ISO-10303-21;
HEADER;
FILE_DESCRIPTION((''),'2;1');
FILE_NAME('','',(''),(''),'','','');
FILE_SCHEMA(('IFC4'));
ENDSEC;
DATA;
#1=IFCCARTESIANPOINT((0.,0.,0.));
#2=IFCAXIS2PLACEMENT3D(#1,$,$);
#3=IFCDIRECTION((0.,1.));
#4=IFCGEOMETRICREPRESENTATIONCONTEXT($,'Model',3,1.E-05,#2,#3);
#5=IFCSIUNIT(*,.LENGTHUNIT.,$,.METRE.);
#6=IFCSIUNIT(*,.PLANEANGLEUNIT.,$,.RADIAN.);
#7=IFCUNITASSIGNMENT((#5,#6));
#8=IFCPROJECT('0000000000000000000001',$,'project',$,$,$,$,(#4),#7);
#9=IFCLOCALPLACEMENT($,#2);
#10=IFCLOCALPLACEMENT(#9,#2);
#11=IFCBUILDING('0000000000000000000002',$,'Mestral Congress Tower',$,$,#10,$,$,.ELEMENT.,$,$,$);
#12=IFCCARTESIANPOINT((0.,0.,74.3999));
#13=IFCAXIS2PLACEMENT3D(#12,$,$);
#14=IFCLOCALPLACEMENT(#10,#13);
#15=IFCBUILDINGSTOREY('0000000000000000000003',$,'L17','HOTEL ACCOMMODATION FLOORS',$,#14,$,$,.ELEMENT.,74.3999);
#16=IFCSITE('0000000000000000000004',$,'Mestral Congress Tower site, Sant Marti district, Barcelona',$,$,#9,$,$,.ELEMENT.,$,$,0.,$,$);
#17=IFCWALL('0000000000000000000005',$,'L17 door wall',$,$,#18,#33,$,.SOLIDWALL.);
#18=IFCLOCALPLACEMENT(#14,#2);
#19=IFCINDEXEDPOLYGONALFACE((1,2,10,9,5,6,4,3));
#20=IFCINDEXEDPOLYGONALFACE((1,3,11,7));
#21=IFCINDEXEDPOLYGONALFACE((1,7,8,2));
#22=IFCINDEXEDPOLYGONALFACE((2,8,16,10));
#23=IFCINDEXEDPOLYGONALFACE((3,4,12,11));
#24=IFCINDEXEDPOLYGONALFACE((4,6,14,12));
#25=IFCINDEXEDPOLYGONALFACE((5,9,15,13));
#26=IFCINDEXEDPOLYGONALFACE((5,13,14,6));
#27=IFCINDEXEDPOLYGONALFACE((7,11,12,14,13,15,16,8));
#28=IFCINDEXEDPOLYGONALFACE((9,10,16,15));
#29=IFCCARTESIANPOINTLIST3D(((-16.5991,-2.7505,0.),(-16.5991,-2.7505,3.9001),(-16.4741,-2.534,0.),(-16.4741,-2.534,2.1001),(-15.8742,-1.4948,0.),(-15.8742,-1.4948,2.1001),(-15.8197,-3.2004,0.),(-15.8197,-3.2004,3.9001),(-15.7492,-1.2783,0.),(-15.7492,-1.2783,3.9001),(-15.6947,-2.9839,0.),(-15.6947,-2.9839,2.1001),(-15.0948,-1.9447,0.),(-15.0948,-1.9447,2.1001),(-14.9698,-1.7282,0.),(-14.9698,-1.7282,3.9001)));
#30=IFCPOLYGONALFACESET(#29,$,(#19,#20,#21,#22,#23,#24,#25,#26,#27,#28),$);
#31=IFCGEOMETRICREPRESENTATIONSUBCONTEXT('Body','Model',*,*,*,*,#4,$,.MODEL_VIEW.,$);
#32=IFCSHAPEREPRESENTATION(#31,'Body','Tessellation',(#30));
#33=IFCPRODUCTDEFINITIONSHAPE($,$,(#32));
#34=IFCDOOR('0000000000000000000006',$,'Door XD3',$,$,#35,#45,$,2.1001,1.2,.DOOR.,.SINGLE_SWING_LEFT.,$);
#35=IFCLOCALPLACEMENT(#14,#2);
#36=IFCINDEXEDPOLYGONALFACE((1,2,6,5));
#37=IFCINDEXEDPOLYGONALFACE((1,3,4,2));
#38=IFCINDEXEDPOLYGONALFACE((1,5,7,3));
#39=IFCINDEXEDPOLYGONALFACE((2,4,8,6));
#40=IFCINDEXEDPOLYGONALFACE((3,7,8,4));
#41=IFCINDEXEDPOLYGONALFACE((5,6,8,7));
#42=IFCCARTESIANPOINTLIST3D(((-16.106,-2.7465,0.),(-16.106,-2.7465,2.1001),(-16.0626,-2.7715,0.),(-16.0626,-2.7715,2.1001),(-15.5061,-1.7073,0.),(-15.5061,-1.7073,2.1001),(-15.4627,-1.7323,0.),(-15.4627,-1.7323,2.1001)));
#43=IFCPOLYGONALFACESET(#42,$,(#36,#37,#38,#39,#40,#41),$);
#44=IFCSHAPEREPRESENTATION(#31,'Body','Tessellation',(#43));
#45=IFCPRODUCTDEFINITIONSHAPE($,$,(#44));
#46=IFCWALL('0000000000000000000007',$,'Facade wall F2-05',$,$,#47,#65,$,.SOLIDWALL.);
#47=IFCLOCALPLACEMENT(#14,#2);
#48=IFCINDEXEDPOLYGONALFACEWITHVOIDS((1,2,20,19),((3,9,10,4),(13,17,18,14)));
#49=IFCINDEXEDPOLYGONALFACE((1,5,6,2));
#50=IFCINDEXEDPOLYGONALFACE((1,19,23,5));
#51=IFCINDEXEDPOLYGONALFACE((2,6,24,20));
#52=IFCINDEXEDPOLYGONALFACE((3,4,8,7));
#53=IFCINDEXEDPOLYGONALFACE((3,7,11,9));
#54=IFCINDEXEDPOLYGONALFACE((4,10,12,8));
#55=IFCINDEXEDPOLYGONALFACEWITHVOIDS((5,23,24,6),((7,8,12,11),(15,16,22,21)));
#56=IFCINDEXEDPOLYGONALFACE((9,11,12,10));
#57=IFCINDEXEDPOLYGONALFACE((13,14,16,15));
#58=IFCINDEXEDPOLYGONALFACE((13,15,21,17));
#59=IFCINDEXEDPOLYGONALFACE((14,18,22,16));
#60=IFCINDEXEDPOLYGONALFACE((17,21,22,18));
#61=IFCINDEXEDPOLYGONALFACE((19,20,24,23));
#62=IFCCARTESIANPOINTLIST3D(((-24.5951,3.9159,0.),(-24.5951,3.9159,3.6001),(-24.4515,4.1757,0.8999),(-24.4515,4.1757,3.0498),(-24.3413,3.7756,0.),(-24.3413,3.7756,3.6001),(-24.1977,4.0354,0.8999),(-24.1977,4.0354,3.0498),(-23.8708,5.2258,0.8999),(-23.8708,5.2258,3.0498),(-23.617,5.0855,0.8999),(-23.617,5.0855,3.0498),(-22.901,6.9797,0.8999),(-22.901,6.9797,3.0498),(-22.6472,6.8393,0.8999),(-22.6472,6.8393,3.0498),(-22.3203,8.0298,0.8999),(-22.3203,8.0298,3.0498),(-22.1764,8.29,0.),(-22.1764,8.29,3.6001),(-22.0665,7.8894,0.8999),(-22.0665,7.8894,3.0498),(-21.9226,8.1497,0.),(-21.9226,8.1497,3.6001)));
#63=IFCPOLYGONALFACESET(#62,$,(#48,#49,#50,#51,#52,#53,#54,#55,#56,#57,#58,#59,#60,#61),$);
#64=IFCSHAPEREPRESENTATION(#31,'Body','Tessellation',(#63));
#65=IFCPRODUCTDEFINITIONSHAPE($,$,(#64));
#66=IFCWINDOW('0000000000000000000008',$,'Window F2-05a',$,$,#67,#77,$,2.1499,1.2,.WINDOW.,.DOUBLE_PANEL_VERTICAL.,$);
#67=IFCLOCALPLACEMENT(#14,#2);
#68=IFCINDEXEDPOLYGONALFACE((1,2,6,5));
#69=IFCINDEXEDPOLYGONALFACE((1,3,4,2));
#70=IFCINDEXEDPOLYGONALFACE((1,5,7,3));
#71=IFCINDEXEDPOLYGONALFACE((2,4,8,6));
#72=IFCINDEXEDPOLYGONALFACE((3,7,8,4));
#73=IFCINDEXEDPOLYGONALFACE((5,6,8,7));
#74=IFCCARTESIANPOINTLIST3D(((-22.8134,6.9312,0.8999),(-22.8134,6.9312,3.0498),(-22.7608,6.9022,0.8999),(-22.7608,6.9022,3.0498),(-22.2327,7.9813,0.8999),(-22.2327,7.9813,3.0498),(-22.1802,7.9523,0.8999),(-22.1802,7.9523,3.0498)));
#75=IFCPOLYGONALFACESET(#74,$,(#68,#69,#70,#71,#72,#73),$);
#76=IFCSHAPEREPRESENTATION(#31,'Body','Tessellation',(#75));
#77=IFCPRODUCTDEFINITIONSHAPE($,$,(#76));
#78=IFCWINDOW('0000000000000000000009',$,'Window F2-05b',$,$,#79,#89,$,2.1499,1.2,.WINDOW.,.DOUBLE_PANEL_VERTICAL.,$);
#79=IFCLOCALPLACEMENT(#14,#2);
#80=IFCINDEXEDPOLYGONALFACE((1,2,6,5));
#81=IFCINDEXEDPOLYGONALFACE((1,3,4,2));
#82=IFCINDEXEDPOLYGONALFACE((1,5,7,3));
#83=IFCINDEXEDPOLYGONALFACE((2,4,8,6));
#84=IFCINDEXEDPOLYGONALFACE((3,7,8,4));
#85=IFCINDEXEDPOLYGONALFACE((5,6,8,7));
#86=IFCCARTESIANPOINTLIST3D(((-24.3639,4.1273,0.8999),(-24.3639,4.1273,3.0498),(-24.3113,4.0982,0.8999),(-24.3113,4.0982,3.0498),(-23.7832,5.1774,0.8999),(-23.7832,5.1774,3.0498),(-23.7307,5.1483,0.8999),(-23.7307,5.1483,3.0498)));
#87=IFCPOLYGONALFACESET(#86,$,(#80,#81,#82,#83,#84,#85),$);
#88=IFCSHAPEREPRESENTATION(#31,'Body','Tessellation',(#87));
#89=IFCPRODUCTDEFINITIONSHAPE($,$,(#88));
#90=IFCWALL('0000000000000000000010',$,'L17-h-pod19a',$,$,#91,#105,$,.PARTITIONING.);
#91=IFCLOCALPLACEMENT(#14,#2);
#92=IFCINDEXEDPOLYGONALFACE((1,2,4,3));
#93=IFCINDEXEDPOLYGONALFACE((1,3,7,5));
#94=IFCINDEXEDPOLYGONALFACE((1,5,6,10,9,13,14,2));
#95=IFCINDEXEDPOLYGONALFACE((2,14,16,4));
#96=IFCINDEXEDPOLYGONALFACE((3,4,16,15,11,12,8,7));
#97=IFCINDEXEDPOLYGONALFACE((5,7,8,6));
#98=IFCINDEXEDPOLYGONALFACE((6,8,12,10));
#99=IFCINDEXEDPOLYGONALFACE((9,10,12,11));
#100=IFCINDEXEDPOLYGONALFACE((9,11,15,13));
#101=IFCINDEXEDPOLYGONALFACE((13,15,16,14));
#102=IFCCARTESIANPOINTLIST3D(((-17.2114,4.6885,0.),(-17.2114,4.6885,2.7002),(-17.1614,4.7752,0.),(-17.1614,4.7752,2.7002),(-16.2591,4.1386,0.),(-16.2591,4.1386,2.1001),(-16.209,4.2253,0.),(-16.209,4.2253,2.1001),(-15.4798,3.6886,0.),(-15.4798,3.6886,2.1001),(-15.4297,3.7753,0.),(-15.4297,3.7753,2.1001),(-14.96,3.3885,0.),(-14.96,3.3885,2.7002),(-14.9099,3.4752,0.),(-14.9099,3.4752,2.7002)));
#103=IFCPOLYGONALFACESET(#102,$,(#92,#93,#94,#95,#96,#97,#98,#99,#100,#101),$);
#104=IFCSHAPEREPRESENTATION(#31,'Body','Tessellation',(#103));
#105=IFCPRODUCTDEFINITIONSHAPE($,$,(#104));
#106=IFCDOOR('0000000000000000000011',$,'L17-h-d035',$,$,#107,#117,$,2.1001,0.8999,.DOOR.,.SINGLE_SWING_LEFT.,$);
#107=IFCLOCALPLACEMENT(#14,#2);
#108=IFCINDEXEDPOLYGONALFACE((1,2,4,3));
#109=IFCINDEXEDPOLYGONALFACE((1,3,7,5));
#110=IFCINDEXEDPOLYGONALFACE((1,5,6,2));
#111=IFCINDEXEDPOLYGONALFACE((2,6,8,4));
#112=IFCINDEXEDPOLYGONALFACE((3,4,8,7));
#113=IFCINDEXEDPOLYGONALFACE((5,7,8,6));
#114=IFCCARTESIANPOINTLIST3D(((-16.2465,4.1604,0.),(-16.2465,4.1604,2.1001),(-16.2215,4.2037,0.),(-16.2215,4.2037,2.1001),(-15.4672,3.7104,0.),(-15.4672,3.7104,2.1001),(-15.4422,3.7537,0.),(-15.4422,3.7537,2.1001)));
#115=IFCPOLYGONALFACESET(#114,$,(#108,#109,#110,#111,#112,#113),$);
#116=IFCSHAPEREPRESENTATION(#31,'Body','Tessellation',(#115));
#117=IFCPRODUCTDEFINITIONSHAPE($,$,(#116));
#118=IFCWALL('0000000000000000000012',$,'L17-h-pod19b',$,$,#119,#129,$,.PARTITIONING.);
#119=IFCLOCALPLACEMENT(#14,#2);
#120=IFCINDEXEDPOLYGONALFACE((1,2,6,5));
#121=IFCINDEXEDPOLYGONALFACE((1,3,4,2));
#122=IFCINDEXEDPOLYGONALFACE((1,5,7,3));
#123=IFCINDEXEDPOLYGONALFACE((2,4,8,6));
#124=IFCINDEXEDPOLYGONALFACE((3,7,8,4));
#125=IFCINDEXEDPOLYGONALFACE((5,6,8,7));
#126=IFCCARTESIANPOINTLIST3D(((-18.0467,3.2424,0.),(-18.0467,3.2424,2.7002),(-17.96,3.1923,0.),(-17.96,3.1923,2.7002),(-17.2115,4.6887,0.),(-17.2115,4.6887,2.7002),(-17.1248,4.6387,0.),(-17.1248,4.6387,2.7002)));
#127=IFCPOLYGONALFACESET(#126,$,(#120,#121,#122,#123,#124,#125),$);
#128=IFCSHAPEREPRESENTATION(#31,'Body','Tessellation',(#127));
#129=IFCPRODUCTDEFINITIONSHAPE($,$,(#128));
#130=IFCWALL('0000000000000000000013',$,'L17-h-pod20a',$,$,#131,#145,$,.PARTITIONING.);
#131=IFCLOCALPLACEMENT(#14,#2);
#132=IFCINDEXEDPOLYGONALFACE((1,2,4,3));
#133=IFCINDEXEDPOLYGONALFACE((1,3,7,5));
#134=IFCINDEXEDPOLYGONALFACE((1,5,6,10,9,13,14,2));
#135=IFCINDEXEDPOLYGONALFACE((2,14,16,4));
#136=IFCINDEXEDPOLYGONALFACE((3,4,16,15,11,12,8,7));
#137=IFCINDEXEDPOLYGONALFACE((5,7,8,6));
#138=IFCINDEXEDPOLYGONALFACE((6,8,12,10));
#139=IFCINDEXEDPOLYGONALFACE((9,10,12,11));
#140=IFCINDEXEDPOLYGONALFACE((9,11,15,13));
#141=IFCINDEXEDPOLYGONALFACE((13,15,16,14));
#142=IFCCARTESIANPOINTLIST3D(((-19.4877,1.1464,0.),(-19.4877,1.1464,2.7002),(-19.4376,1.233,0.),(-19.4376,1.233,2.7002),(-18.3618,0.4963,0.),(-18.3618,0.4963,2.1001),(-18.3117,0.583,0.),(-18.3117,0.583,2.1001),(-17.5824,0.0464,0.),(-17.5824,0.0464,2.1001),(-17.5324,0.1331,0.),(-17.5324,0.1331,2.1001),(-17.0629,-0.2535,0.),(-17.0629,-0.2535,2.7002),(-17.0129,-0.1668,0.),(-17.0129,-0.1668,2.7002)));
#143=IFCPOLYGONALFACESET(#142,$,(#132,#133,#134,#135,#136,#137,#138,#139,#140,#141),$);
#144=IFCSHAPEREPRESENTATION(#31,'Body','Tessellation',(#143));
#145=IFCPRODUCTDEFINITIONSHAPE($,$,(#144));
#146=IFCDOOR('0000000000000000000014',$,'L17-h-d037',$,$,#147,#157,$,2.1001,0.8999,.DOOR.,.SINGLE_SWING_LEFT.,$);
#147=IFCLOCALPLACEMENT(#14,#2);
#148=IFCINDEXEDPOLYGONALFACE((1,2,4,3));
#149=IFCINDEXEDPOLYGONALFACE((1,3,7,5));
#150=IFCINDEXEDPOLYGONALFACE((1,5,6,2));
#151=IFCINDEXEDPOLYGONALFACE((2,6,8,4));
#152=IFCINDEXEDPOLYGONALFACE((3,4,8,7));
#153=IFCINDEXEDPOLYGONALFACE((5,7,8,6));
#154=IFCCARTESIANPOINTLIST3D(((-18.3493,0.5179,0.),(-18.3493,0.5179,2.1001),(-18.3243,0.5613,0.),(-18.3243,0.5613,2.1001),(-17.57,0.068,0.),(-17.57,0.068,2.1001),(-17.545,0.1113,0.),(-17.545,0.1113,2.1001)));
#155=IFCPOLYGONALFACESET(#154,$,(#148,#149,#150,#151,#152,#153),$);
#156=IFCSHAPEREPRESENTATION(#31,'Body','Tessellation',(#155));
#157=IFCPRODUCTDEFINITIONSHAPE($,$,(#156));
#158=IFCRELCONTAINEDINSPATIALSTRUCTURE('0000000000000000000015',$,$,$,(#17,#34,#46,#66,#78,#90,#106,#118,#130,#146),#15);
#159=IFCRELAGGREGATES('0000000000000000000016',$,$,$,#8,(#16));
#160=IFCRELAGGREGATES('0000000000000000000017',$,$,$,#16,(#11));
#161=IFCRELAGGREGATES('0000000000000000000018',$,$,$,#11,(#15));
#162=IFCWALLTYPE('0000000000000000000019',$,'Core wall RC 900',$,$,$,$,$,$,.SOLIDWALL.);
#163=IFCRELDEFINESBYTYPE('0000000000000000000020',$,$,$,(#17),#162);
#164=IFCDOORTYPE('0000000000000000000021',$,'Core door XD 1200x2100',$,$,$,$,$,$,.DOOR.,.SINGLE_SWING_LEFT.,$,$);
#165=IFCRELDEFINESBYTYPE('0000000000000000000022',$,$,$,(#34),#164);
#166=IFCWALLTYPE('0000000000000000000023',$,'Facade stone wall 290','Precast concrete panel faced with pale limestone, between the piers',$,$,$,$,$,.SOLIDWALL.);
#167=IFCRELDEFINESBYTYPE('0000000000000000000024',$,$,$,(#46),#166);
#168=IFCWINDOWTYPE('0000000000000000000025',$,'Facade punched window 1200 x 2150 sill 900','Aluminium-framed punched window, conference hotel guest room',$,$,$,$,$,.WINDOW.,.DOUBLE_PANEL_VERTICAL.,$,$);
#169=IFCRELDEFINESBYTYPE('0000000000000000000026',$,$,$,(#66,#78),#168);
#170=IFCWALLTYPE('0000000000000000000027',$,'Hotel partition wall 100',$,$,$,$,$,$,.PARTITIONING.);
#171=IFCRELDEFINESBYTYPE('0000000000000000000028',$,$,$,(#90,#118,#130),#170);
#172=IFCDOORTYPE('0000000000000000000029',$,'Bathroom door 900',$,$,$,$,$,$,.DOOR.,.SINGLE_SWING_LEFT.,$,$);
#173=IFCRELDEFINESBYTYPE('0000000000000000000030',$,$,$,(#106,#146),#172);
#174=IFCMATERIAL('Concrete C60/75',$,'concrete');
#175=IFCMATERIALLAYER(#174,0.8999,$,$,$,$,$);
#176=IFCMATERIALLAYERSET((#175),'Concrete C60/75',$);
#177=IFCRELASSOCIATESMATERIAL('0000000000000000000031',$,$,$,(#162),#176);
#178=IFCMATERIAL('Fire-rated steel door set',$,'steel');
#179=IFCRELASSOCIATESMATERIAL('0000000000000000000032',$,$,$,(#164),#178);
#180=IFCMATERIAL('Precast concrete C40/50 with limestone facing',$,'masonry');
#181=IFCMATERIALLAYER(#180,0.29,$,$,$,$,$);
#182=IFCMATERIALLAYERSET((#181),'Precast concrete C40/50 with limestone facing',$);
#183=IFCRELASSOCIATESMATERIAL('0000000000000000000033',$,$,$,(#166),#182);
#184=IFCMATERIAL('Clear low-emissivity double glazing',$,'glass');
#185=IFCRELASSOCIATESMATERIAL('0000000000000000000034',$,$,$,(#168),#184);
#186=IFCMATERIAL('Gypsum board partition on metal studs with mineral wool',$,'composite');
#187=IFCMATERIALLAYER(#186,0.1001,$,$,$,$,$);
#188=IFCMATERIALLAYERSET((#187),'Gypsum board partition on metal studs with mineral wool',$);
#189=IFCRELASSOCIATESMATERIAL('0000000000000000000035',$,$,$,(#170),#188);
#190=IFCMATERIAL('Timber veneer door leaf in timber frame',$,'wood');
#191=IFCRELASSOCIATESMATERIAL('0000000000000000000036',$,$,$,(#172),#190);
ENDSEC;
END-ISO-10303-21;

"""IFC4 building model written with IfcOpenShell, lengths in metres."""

from ifc_helpers import new_model, si_unit, direction, frame, frame_2d, origin, place, context, subcontext, project, spatial, rectangle, extrude, material, layer, layer_set, type_object, element, fill, save


model = new_model("IFC4")

# Units and contexts
model_context = context("Model", 3, precision=1e-05, world=origin(), true_north=direction((0.0, 1.0)))
body_context = subcontext(model_context, "Body", "Model", "MODEL_VIEW")
ifc_project = project(units=[si_unit("LENGTHUNIT", "METRE"), si_unit("PLANEANGLEUNIT", "RADIAN")], contexts=[model_context])

# Site, building, storey
site_placement = place(None, origin())
site = spatial("IfcSite", under=ifc_project, at=site_placement, Name="Mestral Congress Tower site, Sant Marti district, Barcelona", CompositionType="ELEMENT", RefElevation=0.0)
building_placement = place(site_placement, origin())
building = spatial("IfcBuilding", under=site, at=building_placement, Name="Mestral Congress Tower", CompositionType="ELEMENT")
storey_placement = place(building_placement, frame((0.0, 0.0, 74.3999)))
storey = spatial("IfcBuildingStorey", under=building, at=storey_placement, Name="L17", Description="HOTEL ACCOMMODATION FLOORS", CompositionType="ELEMENT", Elevation=74.3999)

# Shared definitions
ifc_material_1 = material(Name="Concrete C60/75", Category="concrete")
ifc_layer_1 = layer(ifc_material_1, 0.8999)
ifc_layer_set_1 = layer_set([ifc_layer_1], Name="Concrete C60/75")
wall_type_1 = type_object("IfcWallType", Name="Core wall RC 900", PredefinedType="SOLIDWALL", material=ifc_layer_set_1)

# Wall, opening, door
wall_1_placement = place(storey_placement, frame((-16.2095, -2.9756, 0.0), z_axis=(0.0, 0.0, 1.0), x_axis=(0.499955, 0.866052, 0.0)))
wall_1 = element("IfcWall", 1, at=wall_1_placement, inside=storey, type_object=wall_type_1, Name="L17 door wall", PredefinedType="SOLIDWALL", context=body_context, shape_type="SweptSolid", body=[
    extrude(rectangle(XDim=1.7, YDim=0.8999, at=frame_2d((0.8501, 0.0))), origin(), (0.0, 0.0, 1.0), 3.9001),
])
opening_1_placement = place(wall_1_placement, frame((0.25, 0.0, 0.0)))
opening_1 = element("IfcOpeningElement", 2, at=opening_1_placement, cuts=wall_1, PredefinedType="OPENING", context=body_context, shape_type="SweptSolid", body=[
    extrude(rectangle(XDim=1.2, YDim=2.1001, at=frame_2d((0.6001, 1.05))), frame((0.0, 0.46, 0.0), z_axis=(0.0, -1.0, 0.0), x_axis=(1.0, 0.0, 0.0)), (0.0, 0.0, 1.0), 0.9199),
])
ifc_material_2 = material(Name="Fire-rated steel door set", Category="steel")
door_type_1 = type_object("IfcDoorType", Name="Core door XD 1200x2100", OperationType="SINGLE_SWING_LEFT", PredefinedType="DOOR", material=ifc_material_2)
door_1_placement = place(opening_1_placement, origin())
door_1 = element("IfcDoor", 3, at=door_1_placement, inside=storey, type_object=door_type_1, Name="Door XD3", OperationType="SINGLE_SWING_LEFT", OverallHeight=2.1001, OverallWidth=1.2, PredefinedType="DOOR", context=body_context, shape_type="SweptSolid", body=[
    extrude(rectangle(XDim=1.2, YDim=2.1001, at=frame_2d((0.6001, 1.05))), frame((0.0, 0.0249, 0.0), z_axis=(0.0, -1.0, 0.0), x_axis=(1.0, 0.0, 0.0)), (0.0, 0.0, 1.0), 0.05),
])
fill(opening_1, door_1)

# Wall, openings, windows
ifc_material_3 = material(Name="Precast concrete C40/50 with limestone facing", Category="masonry")
ifc_layer_2 = layer(ifc_material_3, 0.29)
ifc_layer_set_2 = layer_set([ifc_layer_2], Name="Precast concrete C40/50 with limestone facing")
wall_type_2 = type_object("IfcWallType", Name="Facade stone wall 290", Description="Precast concrete panel faced with pale limestone, between the piers", PredefinedType="SOLIDWALL", material=ifc_layer_set_2)
wall_2_placement = place(storey_placement, frame((-22.0496, 8.2197, 0.0), z_axis=(0.0, 0.0, 1.0), x_axis=(-0.483913, -0.875116, 0.0)))
wall_2 = element("IfcWall", 4, at=wall_2_placement, inside=storey, type_object=wall_type_2, Name="Facade wall F2-05", PredefinedType="SOLIDWALL", context=body_context, shape_type="SweptSolid", body=[
    extrude(rectangle(XDim=4.9983, YDim=0.29, at=frame_2d((2.499, 0.0))), origin(), (0.0, 0.0, 1.0), 3.6001),
])
opening_2_placement = place(wall_2_placement, frame((0.2971, 0.0, 0.8999)))
opening_2 = element("IfcOpeningElement", 5, at=opening_2_placement, cuts=wall_2, PredefinedType="OPENING", context=body_context, shape_type="SweptSolid", body=[
    extrude(rectangle(XDim=1.2, YDim=2.1499, at=frame_2d((0.6001, 1.075))), frame((0.0, 0.155, 0.0), z_axis=(0.0, -1.0, 0.0), x_axis=(1.0, 0.0, 0.0)), (0.0, 0.0, 1.0), 0.3101),
])
opening_3_placement = place(wall_2_placement, frame((3.5012, 0.0, 0.8999)))
opening_3 = element("IfcOpeningElement", 6, at=opening_3_placement, cuts=wall_2, PredefinedType="OPENING", context=body_context, shape_type="SweptSolid", body=[
    extrude(rectangle(XDim=1.2, YDim=2.1499, at=frame_2d((0.6001, 1.075))), frame((0.0, 0.155, 0.0), z_axis=(0.0, -1.0, 0.0), x_axis=(1.0, 0.0, 0.0)), (0.0, 0.0, 1.0), 0.3101),
])
ifc_material_4 = material(Name="Clear low-emissivity double glazing", Category="glass")
window_type = type_object("IfcWindowType", Name="Facade punched window 1200 x 2150 sill 900", Description="Aluminium-framed punched window, conference hotel guest room", PartitioningType="DOUBLE_PANEL_VERTICAL", PredefinedType="WINDOW", material=ifc_material_4)
window_1_placement = place(opening_2_placement, origin())
window_1 = element("IfcWindow", 7, at=window_1_placement, inside=storey, type_object=window_type, Name="Window F2-05a", OverallHeight=2.1499, OverallWidth=1.2, PartitioningType="DOUBLE_PANEL_VERTICAL", PredefinedType="WINDOW", context=body_context, shape_type="SweptSolid", body=[
    extrude(rectangle(XDim=1.2, YDim=2.1499, at=frame_2d((0.6001, 1.075))), frame((0.0, 0.0151, 0.0), z_axis=(0.0, -1.0, 0.0), x_axis=(1.0, 0.0, 0.0)), (0.0, 0.0, 1.0), 0.0601),
])
fill(opening_2, window_1)
window_2_placement = place(opening_3_placement, origin())
window_2 = element("IfcWindow", 8, at=window_2_placement, inside=storey, type_object=window_type, Name="Window F2-05b", OverallHeight=2.1499, OverallWidth=1.2, PartitioningType="DOUBLE_PANEL_VERTICAL", PredefinedType="WINDOW", context=body_context, shape_type="SweptSolid", body=[
    extrude(rectangle(XDim=1.2, YDim=2.1499, at=frame_2d((0.6001, 1.075))), frame((0.0, 0.0151, 0.0), z_axis=(0.0, -1.0, 0.0), x_axis=(1.0, 0.0, 0.0)), (0.0, 0.0, 1.0), 0.0601),
])
fill(opening_3, window_2)

# Wall, opening, door
ifc_material_5 = material(Name="Gypsum board partition on metal studs with mineral wool", Category="composite")
ifc_layer_3 = layer(ifc_material_5, 0.1001)
ifc_layer_set_3 = layer_set([ifc_layer_3], Name="Gypsum board partition on metal studs with mineral wool")
wall_type_3 = type_object("IfcWallType", Name="Hotel partition wall 100", PredefinedType="PARTITIONING", material=ifc_layer_set_3)
wall_3_placement = place(storey_placement, frame((-14.9351, 3.4319, 0.0), z_axis=(0.0, 0.0, 1.0), x_axis=(-0.865998, 0.500048, 0.0)))
wall_3 = element("IfcWall", 9, at=wall_3_placement, inside=storey, type_object=wall_type_3, Name="L17-h-pod19a", PredefinedType="PARTITIONING", context=body_context, shape_type="SweptSolid", body=[
    extrude(rectangle(XDim=2.5999, YDim=0.1001, at=frame_2d((1.2998, 0.0))), origin(), (0.0, 0.0, 1.0), 2.7002),
])
opening_4_placement = place(wall_3_placement, frame((0.6001, 0.0, 0.0)))
opening_4 = element("IfcOpeningElement", 10, at=opening_4_placement, cuts=wall_3, PredefinedType="OPENING", context=body_context, shape_type="SweptSolid", body=[
    extrude(rectangle(XDim=0.8999, YDim=2.1001, at=frame_2d((0.45, 1.05))), frame((0.0, 0.0601, 0.0), z_axis=(0.0, -1.0, 0.0), x_axis=(1.0, 0.0, 0.0)), (0.0, 0.0, 1.0), 0.1201),
])
ifc_material_6 = material(Name="Timber veneer door leaf in timber frame", Category="wood")
door_type_2 = type_object("IfcDoorType", Name="Bathroom door 900", OperationType="SINGLE_SWING_LEFT", PredefinedType="DOOR", material=ifc_material_6)
door_2_placement = place(opening_4_placement, origin())
door_2 = element("IfcDoor", 11, at=door_2_placement, inside=storey, type_object=door_type_2, Name="L17-h-d035", OperationType="SINGLE_SWING_LEFT", OverallHeight=2.1001, OverallWidth=0.8999, PredefinedType="DOOR", context=body_context, shape_type="SweptSolid", body=[
    extrude(rectangle(XDim=0.8999, YDim=2.1001, at=frame_2d((0.45, 1.05))), frame((0.0, 0.0249, 0.0), z_axis=(0.0, -1.0, 0.0), x_axis=(1.0, 0.0, 0.0)), (0.0, 0.0, 1.0), 0.05),
])
fill(opening_4, door_2)

# Wall
wall_4_placement = place(storey_placement, frame((-17.1682, 4.6636, 0.0), z_axis=(0.0, 0.0, 1.0), x_axis=(-0.500085, -0.865976, 0.0)))
element("IfcWall", 12, at=wall_4_placement, inside=storey, type_object=wall_type_3, Name="L17-h-pod19b", PredefinedType="PARTITIONING", context=body_context, shape_type="SweptSolid", body=[
    extrude(rectangle(XDim=1.6702, YDim=0.1001, at=frame_2d((0.835, 0.0))), origin(), (0.0, 0.0, 1.0), 2.7002),
])

# Wall, opening, door
wall_5_placement = place(storey_placement, frame((-19.4626, 1.1897, 0.0), z_axis=(0.0, 0.0, 1.0), x_axis=(0.866035, -0.499984, 0.0)))
wall_5 = element("IfcWall", 13, at=wall_5_placement, inside=storey, type_object=wall_type_3, Name="L17-h-pod20a", PredefinedType="PARTITIONING", context=body_context, shape_type="SweptSolid", body=[
    extrude(rectangle(XDim=2.7998, YDim=0.1001, at=frame_2d((1.3999, 0.0))), origin(), (0.0, 0.0, 1.0), 2.7002),
])
opening_5_placement = place(wall_5_placement, frame((1.3, 0.0, 0.0)))
opening_5 = element("IfcOpeningElement", 14, at=opening_5_placement, cuts=wall_5, PredefinedType="OPENING", context=body_context, shape_type="SweptSolid", body=[
    extrude(rectangle(XDim=0.8999, YDim=2.1001, at=frame_2d((0.45, 1.05))), frame((0.0, 0.0601, 0.0), z_axis=(0.0, -1.0, 0.0), x_axis=(1.0, 0.0, 0.0)), (0.0, 0.0, 1.0), 0.1201),
])
door_3_placement = place(opening_5_placement, origin())
door_3 = element("IfcDoor", 15, at=door_3_placement, inside=storey, type_object=door_type_2, Name="L17-h-d037", OperationType="SINGLE_SWING_LEFT", OverallHeight=2.1001, OverallWidth=0.8999, PredefinedType="DOOR", context=body_context, shape_type="SweptSolid", body=[
    extrude(rectangle(XDim=0.8999, YDim=2.1001, at=frame_2d((0.45, 1.05))), frame((0.0, 0.0249, 0.0), z_axis=(0.0, -1.0, 0.0), x_axis=(1.0, 0.0, 0.0)), (0.0, 0.0, 1.0), 0.05),
])
fill(opening_5, door_3)

save(model, "model.ifc")
